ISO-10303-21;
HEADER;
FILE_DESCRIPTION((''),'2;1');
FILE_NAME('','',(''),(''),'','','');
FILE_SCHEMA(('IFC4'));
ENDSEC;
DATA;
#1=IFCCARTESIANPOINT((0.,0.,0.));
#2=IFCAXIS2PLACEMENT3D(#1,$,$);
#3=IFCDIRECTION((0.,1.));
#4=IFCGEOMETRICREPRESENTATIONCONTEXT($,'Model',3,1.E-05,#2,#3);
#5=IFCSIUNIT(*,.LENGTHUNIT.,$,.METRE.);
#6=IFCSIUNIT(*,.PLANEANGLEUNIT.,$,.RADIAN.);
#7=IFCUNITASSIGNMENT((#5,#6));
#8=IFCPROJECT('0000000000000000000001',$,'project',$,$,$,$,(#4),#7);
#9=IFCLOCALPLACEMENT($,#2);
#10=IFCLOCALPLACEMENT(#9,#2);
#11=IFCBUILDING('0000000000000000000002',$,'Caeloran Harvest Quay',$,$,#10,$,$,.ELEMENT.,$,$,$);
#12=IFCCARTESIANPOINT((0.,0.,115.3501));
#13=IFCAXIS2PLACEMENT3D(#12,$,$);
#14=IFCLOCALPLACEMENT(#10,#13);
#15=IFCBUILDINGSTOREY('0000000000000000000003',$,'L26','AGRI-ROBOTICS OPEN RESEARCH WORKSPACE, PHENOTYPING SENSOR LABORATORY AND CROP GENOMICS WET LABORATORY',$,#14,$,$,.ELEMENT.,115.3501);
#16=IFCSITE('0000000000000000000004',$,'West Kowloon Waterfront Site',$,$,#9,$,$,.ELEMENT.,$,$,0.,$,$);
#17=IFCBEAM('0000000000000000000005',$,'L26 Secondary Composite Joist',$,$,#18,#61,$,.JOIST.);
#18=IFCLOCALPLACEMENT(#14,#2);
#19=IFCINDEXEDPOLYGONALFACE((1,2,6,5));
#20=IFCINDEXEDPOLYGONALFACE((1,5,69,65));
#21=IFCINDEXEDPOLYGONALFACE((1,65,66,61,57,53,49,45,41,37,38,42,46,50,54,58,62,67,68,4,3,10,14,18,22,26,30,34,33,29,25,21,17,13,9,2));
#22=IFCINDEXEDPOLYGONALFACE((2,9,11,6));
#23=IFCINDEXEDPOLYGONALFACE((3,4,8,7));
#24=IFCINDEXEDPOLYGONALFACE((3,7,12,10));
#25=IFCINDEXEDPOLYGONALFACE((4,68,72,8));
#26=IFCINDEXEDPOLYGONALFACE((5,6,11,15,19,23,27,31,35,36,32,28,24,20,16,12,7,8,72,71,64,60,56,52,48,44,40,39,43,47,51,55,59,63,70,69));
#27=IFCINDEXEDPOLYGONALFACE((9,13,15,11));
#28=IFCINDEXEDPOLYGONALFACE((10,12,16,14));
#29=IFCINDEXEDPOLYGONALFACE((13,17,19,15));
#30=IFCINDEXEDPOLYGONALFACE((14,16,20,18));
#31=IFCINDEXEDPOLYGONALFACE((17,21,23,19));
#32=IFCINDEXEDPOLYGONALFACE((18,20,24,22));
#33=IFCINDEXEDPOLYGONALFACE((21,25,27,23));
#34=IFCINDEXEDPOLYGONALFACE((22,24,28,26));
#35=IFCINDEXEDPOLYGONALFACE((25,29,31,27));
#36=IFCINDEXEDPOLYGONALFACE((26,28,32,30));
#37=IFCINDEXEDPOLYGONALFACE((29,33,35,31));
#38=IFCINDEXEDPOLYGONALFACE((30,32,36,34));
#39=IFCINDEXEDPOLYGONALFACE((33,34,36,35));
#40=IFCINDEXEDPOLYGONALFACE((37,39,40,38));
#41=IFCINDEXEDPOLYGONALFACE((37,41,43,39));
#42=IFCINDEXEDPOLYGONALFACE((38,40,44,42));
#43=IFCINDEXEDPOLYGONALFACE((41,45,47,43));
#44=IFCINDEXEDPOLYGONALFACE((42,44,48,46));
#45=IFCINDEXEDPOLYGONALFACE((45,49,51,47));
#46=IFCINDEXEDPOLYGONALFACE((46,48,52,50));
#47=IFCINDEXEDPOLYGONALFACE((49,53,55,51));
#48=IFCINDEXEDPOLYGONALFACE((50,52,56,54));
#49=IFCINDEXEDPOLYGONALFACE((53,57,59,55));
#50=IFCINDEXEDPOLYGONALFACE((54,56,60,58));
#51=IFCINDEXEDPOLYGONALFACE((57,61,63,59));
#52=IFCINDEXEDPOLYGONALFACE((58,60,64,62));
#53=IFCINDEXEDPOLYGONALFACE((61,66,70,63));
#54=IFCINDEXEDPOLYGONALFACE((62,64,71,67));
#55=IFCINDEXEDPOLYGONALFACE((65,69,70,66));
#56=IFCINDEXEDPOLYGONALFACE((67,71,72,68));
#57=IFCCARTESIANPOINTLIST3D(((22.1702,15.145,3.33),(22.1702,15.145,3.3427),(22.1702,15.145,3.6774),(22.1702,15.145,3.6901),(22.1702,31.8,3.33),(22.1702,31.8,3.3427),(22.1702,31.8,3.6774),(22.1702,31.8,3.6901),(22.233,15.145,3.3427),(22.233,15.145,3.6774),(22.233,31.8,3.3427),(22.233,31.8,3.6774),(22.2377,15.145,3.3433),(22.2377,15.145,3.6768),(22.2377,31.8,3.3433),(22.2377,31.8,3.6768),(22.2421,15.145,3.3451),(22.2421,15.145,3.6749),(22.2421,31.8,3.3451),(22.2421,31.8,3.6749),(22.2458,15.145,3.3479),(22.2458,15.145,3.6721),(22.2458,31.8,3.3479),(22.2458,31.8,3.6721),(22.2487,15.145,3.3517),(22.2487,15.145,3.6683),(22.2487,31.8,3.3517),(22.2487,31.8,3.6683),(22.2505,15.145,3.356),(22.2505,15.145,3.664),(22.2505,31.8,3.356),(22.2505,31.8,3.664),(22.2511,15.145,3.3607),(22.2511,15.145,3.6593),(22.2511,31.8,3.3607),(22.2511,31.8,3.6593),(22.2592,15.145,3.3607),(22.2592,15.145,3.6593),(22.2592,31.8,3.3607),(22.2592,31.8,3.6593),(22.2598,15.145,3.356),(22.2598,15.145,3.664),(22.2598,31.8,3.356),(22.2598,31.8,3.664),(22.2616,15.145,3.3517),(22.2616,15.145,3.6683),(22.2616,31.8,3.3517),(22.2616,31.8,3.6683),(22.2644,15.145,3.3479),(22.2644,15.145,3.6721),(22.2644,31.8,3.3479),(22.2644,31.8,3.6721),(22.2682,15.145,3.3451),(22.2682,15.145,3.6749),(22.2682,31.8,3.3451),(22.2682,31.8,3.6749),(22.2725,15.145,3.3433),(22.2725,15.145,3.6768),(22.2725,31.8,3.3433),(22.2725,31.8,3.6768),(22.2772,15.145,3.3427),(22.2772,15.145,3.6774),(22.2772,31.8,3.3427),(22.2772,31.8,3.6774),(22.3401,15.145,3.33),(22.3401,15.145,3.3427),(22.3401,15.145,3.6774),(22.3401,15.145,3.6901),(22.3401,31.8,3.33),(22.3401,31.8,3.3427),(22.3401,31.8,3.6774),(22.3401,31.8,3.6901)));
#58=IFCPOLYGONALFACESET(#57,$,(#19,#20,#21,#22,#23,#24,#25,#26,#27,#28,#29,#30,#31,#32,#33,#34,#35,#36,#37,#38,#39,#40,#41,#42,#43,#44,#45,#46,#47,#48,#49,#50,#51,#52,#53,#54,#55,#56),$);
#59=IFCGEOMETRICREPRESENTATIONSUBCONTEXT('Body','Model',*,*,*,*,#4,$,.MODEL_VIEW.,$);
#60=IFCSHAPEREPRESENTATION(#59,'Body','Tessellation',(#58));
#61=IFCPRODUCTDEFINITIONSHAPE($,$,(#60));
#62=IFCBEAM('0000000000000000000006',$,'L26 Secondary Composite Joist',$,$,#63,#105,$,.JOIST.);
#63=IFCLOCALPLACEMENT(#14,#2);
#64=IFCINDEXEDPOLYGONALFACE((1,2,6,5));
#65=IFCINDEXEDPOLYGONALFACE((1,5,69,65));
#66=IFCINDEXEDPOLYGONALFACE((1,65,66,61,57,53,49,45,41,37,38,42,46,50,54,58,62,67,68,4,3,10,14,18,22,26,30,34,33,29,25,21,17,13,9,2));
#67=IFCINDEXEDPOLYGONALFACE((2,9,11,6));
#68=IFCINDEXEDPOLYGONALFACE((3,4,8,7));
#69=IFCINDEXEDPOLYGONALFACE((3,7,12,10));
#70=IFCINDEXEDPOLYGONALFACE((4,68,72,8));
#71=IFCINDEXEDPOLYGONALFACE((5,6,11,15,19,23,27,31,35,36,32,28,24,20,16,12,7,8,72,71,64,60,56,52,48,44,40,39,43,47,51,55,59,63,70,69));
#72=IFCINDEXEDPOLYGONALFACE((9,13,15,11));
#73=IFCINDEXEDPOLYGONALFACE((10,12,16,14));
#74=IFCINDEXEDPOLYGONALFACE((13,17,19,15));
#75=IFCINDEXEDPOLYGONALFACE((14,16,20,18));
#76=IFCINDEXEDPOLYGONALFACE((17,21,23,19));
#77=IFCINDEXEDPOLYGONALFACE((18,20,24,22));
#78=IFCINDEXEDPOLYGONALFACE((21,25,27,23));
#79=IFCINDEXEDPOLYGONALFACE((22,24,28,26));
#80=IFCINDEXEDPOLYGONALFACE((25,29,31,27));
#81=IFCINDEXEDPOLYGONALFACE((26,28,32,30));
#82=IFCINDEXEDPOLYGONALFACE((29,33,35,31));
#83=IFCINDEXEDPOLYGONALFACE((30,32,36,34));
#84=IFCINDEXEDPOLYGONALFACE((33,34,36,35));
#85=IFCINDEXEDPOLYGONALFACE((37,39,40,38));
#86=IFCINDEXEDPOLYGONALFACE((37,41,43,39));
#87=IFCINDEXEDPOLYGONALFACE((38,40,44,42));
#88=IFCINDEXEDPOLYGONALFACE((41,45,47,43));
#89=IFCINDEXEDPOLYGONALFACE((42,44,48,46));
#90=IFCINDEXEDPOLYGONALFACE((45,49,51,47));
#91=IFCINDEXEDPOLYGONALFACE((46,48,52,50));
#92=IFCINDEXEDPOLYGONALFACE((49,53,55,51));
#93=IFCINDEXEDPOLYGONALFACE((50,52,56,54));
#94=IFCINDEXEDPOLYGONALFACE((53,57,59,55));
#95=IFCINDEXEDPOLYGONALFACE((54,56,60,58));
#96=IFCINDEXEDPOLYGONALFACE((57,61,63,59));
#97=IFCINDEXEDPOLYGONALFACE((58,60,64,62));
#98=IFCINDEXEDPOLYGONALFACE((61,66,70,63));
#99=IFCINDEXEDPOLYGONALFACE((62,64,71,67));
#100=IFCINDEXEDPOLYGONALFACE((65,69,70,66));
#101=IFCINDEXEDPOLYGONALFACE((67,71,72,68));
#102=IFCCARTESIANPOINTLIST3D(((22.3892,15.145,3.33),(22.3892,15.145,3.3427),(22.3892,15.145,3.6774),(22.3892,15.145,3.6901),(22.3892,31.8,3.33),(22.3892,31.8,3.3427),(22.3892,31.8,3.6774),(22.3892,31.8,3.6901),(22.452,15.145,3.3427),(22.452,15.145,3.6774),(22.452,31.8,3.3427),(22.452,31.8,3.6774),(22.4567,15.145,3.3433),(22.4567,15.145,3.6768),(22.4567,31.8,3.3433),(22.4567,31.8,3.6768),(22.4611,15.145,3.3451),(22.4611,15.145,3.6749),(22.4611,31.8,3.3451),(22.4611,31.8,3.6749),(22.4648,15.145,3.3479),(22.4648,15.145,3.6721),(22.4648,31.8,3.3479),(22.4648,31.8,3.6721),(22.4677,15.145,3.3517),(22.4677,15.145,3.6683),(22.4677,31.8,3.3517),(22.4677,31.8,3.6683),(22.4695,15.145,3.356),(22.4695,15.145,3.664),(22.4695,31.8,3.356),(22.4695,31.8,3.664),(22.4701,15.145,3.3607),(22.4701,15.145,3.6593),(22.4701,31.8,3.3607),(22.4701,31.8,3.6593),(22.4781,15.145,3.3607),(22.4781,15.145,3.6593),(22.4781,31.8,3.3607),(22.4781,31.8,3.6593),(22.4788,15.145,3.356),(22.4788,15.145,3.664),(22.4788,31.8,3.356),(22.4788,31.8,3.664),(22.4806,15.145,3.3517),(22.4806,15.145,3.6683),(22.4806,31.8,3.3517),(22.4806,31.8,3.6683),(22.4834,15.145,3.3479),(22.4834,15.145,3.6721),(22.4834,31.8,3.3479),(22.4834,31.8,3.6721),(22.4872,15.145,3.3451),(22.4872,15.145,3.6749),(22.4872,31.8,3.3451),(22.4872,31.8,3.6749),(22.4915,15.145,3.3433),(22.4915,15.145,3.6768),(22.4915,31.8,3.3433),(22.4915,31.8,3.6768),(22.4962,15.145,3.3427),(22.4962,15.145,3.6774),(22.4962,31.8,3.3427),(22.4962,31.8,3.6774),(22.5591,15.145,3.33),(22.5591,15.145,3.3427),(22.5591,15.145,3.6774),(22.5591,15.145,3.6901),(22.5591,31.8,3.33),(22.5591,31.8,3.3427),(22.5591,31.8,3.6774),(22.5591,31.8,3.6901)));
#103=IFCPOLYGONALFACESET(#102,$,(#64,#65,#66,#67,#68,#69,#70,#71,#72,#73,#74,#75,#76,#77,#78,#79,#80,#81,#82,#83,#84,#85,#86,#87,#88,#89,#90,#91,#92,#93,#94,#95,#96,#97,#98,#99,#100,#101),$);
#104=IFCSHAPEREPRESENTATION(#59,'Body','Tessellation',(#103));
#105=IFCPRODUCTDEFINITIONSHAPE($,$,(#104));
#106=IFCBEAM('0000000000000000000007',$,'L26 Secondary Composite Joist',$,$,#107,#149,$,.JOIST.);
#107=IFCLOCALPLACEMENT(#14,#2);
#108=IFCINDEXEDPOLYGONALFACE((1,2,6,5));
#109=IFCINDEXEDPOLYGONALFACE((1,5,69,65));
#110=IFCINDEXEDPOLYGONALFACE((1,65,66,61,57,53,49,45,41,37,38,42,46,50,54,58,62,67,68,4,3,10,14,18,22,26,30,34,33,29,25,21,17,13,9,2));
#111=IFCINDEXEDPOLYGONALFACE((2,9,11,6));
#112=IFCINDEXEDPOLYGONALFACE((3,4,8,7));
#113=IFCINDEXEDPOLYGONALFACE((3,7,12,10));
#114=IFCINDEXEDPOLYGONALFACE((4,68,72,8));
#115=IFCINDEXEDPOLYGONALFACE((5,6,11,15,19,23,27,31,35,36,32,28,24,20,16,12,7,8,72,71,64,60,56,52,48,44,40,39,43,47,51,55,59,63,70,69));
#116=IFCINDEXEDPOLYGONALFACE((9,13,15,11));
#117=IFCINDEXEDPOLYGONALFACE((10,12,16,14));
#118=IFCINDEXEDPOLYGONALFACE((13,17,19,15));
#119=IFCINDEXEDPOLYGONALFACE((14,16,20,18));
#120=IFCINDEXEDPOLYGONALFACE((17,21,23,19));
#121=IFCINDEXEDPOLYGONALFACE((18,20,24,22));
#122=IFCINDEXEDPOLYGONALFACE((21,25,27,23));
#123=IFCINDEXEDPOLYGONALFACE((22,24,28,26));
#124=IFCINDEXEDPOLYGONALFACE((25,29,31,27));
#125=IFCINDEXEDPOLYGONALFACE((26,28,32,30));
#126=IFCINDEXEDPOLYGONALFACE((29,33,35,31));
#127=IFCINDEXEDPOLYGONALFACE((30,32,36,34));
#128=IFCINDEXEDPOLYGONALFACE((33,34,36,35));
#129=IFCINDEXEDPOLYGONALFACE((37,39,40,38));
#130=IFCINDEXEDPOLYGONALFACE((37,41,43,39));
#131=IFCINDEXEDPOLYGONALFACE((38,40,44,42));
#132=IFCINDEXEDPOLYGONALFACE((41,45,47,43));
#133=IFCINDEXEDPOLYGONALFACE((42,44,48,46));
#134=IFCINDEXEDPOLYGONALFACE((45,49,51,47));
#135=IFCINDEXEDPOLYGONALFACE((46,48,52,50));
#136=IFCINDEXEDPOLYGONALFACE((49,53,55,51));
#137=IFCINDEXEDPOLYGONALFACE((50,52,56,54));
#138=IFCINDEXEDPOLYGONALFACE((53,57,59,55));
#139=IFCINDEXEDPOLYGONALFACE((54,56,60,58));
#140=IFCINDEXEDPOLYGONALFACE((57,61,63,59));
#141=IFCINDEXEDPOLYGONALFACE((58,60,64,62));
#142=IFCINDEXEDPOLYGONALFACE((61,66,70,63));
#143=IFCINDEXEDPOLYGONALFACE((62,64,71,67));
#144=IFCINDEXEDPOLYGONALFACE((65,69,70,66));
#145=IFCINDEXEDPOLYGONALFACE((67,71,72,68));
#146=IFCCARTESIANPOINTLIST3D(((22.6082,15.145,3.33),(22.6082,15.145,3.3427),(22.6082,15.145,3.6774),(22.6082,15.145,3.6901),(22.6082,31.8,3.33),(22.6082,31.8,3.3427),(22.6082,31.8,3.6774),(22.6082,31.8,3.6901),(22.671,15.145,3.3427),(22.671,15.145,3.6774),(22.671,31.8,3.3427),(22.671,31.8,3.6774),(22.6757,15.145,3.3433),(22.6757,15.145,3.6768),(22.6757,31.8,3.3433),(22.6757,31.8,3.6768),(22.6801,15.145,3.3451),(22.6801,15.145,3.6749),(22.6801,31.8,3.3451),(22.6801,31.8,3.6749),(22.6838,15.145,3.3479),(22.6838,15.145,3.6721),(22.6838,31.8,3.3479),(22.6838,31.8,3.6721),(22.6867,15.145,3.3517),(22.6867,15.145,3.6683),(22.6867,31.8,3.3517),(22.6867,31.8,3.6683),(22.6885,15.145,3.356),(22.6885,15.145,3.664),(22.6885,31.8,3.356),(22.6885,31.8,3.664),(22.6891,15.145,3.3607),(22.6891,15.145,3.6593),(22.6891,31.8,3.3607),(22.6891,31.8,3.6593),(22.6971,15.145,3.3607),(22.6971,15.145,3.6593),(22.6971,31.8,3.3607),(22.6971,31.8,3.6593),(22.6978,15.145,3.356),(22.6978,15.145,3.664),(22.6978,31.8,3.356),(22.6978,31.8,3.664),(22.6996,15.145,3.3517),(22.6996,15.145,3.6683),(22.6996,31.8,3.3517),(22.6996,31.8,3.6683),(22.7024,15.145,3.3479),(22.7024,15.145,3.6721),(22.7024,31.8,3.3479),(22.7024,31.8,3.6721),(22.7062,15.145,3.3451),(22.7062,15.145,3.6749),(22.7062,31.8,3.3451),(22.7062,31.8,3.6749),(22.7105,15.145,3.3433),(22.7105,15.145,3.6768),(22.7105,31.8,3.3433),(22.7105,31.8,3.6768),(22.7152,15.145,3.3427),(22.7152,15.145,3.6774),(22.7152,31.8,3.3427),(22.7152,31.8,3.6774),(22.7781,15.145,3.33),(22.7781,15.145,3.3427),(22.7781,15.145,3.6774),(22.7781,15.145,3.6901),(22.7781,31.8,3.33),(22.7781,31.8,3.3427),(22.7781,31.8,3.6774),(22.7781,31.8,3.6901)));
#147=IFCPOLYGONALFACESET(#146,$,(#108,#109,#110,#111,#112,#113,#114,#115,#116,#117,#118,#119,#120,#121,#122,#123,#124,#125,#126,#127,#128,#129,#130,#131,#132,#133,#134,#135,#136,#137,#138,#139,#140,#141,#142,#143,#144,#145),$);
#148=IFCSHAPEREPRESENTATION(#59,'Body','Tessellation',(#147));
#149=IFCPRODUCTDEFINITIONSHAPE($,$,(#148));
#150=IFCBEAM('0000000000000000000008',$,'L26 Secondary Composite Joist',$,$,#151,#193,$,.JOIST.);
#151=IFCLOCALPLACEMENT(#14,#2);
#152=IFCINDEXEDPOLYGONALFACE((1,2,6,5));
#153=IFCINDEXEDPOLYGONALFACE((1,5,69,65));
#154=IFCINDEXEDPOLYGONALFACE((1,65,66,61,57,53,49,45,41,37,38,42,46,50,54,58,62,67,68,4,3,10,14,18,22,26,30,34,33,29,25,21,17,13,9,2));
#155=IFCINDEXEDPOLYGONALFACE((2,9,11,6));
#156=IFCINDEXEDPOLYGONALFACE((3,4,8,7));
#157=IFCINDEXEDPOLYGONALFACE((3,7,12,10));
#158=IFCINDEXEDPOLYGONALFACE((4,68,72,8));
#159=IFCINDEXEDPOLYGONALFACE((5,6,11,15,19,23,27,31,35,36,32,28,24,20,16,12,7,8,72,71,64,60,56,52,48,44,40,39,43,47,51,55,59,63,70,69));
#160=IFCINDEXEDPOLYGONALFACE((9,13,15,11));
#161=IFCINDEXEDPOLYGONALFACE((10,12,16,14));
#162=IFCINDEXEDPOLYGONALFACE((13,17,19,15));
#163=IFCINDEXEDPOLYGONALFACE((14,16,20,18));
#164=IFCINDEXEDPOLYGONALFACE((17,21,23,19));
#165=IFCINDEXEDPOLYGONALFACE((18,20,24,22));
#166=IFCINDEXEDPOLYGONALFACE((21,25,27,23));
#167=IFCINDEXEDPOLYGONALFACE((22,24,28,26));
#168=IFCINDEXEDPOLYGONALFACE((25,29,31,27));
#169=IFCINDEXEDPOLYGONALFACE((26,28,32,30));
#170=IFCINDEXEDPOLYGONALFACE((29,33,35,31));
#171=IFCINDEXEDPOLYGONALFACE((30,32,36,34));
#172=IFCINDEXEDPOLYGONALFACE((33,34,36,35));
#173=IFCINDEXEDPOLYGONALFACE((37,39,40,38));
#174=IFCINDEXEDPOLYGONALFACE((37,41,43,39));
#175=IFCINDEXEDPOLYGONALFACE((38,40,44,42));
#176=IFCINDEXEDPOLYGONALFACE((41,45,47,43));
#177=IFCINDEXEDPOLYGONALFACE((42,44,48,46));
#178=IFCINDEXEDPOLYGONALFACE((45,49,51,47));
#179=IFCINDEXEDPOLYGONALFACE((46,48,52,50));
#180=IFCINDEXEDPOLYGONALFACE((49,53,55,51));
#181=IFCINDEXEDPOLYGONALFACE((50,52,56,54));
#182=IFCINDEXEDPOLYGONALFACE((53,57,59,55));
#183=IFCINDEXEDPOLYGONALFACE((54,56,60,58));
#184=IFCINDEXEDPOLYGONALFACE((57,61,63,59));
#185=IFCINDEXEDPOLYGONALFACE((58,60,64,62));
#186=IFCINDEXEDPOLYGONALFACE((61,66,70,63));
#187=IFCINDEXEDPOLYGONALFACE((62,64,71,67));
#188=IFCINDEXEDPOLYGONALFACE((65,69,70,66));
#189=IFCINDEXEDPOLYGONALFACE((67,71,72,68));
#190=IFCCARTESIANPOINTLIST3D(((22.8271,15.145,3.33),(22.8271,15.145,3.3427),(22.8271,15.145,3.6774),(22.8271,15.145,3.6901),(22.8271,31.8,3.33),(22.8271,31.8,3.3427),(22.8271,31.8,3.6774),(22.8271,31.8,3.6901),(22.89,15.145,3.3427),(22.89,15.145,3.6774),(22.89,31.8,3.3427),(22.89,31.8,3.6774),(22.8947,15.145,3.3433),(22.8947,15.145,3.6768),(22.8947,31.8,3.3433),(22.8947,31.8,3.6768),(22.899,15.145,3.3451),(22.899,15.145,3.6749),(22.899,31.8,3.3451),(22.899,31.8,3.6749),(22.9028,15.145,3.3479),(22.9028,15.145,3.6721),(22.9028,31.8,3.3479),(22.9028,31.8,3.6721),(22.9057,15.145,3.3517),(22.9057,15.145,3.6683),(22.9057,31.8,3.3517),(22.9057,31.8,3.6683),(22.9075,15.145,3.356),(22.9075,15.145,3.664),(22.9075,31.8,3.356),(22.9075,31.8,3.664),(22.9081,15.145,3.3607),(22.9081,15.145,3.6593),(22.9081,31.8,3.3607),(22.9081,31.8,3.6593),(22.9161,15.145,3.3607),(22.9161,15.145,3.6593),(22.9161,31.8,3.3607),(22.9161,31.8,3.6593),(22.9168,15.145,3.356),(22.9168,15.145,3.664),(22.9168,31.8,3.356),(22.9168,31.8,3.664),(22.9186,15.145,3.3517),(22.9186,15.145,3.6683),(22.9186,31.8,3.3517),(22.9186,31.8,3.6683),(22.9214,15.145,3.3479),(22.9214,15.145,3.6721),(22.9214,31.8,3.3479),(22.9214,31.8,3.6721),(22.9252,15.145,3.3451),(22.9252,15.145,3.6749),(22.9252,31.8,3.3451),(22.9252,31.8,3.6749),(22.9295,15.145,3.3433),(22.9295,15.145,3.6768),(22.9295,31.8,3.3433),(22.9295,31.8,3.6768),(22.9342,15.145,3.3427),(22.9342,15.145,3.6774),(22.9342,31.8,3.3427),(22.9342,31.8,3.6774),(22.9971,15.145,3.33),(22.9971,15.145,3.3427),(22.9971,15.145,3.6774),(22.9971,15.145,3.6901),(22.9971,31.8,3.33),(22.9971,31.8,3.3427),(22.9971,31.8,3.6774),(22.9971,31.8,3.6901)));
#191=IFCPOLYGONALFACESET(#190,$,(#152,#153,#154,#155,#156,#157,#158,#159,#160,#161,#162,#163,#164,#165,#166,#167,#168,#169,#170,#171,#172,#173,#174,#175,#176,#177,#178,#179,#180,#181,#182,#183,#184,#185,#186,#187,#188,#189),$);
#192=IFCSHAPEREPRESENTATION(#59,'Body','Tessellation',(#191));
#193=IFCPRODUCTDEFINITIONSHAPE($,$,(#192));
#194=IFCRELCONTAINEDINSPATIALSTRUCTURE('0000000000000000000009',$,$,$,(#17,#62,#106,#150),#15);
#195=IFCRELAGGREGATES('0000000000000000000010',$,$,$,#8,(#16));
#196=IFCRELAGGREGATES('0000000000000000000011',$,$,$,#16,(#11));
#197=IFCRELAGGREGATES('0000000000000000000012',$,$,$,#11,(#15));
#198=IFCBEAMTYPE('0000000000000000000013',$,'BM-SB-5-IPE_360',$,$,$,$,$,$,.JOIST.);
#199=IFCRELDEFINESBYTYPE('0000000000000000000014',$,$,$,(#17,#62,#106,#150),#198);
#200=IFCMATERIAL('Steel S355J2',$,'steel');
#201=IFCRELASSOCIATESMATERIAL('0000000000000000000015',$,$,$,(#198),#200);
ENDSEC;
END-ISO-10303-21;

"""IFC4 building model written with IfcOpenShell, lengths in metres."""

from ifc_helpers import new_model, si_unit, direction, frame, origin, origin_2d, place, context, subcontext, project, spatial, i_section, extrude, material, material_profile, profile_set, type_object, element, save


model = new_model("IFC4")

# Units and contexts
model_context = context("Model", 3, precision=1e-05, world=origin(), true_north=direction((0.0, 1.0)))
body_context = subcontext(model_context, "Body", "Model", "MODEL_VIEW")
ifc_project = project(units=[si_unit("LENGTHUNIT", "METRE"), si_unit("PLANEANGLEUNIT", "RADIAN")], contexts=[model_context])

# Site, building, storey
site_placement = place(None, origin())
site = spatial("IfcSite", under=ifc_project, at=site_placement, Name="West Kowloon Waterfront Site", CompositionType="ELEMENT", RefElevation=0.0)
building_placement = place(site_placement, origin())
building = spatial("IfcBuilding", under=site, at=building_placement, Name="Caeloran Harvest Quay", CompositionType="ELEMENT")
storey_placement = place(building_placement, frame((0.0, 0.0, 115.3501)))
storey = spatial("IfcBuildingStorey", under=building, at=storey_placement, Name="L26", Description="AGRI-ROBOTICS OPEN RESEARCH WORKSPACE, PHENOTYPING SENSOR LABORATORY AND CROP GENOMICS WET LABORATORY", CompositionType="ELEMENT", Elevation=115.3501)

# Beams
ifc_material_1 = material(Name="Steel S355J2", Category="steel")
ifc_material_profile_1 = material_profile(ifc_material_1, i_section(OverallWidth=0.1699, OverallDepth=0.3601, WebThickness=0.0081, FlangeThickness=0.0127, FilletRadius=0.0181, at=origin_2d()), Name="IPE 360")
ifc_profile_set_1 = profile_set([ifc_material_profile_1], Name="Steel S355J2")
beam_type_1 = type_object("IfcBeamType", Name="BM-SB-5-IPE_360", PredefinedType="JOIST", material=ifc_profile_set_1)
for number, where, z_axis, x_axis, name in (
    (1, (22.2551, 15.145, 3.51), (0.0, 1.0, 0.0), (-1.0, 0.0, 0.0), "L26 Secondary Composite Joist"),
    (2, (22.4741, 15.145, 3.51), (0.0, 1.0, 0.0), (-1.0, 0.0, 0.0), "L26 Secondary Composite Joist"),
    (3, (22.6931, 15.145, 3.51), (0.0, 1.0, 0.0), (-1.0, 0.0, 0.0), "L26 Secondary Composite Joist"),
    (4, (22.9121, 15.145, 3.51), (0.0, 1.0, 0.0), (-1.0, 0.0, 0.0), "L26 Secondary Composite Joist"),
):
    element("IfcBeam", number, at=place(storey_placement, frame(where, z_axis=z_axis, x_axis=x_axis)), inside=storey, type_object=beam_type_1, Name=name, PredefinedType="JOIST", context=body_context, shape_type="SweptSolid", body=[
        extrude(i_section(OverallWidth=0.1699, OverallDepth=0.3601, WebThickness=0.0081, FlangeThickness=0.0127, FilletRadius=0.0181, at=origin_2d()), origin(), (0.0, 0.0, 1.0), 16.655),
    ])

save(model, "model.ifc")
